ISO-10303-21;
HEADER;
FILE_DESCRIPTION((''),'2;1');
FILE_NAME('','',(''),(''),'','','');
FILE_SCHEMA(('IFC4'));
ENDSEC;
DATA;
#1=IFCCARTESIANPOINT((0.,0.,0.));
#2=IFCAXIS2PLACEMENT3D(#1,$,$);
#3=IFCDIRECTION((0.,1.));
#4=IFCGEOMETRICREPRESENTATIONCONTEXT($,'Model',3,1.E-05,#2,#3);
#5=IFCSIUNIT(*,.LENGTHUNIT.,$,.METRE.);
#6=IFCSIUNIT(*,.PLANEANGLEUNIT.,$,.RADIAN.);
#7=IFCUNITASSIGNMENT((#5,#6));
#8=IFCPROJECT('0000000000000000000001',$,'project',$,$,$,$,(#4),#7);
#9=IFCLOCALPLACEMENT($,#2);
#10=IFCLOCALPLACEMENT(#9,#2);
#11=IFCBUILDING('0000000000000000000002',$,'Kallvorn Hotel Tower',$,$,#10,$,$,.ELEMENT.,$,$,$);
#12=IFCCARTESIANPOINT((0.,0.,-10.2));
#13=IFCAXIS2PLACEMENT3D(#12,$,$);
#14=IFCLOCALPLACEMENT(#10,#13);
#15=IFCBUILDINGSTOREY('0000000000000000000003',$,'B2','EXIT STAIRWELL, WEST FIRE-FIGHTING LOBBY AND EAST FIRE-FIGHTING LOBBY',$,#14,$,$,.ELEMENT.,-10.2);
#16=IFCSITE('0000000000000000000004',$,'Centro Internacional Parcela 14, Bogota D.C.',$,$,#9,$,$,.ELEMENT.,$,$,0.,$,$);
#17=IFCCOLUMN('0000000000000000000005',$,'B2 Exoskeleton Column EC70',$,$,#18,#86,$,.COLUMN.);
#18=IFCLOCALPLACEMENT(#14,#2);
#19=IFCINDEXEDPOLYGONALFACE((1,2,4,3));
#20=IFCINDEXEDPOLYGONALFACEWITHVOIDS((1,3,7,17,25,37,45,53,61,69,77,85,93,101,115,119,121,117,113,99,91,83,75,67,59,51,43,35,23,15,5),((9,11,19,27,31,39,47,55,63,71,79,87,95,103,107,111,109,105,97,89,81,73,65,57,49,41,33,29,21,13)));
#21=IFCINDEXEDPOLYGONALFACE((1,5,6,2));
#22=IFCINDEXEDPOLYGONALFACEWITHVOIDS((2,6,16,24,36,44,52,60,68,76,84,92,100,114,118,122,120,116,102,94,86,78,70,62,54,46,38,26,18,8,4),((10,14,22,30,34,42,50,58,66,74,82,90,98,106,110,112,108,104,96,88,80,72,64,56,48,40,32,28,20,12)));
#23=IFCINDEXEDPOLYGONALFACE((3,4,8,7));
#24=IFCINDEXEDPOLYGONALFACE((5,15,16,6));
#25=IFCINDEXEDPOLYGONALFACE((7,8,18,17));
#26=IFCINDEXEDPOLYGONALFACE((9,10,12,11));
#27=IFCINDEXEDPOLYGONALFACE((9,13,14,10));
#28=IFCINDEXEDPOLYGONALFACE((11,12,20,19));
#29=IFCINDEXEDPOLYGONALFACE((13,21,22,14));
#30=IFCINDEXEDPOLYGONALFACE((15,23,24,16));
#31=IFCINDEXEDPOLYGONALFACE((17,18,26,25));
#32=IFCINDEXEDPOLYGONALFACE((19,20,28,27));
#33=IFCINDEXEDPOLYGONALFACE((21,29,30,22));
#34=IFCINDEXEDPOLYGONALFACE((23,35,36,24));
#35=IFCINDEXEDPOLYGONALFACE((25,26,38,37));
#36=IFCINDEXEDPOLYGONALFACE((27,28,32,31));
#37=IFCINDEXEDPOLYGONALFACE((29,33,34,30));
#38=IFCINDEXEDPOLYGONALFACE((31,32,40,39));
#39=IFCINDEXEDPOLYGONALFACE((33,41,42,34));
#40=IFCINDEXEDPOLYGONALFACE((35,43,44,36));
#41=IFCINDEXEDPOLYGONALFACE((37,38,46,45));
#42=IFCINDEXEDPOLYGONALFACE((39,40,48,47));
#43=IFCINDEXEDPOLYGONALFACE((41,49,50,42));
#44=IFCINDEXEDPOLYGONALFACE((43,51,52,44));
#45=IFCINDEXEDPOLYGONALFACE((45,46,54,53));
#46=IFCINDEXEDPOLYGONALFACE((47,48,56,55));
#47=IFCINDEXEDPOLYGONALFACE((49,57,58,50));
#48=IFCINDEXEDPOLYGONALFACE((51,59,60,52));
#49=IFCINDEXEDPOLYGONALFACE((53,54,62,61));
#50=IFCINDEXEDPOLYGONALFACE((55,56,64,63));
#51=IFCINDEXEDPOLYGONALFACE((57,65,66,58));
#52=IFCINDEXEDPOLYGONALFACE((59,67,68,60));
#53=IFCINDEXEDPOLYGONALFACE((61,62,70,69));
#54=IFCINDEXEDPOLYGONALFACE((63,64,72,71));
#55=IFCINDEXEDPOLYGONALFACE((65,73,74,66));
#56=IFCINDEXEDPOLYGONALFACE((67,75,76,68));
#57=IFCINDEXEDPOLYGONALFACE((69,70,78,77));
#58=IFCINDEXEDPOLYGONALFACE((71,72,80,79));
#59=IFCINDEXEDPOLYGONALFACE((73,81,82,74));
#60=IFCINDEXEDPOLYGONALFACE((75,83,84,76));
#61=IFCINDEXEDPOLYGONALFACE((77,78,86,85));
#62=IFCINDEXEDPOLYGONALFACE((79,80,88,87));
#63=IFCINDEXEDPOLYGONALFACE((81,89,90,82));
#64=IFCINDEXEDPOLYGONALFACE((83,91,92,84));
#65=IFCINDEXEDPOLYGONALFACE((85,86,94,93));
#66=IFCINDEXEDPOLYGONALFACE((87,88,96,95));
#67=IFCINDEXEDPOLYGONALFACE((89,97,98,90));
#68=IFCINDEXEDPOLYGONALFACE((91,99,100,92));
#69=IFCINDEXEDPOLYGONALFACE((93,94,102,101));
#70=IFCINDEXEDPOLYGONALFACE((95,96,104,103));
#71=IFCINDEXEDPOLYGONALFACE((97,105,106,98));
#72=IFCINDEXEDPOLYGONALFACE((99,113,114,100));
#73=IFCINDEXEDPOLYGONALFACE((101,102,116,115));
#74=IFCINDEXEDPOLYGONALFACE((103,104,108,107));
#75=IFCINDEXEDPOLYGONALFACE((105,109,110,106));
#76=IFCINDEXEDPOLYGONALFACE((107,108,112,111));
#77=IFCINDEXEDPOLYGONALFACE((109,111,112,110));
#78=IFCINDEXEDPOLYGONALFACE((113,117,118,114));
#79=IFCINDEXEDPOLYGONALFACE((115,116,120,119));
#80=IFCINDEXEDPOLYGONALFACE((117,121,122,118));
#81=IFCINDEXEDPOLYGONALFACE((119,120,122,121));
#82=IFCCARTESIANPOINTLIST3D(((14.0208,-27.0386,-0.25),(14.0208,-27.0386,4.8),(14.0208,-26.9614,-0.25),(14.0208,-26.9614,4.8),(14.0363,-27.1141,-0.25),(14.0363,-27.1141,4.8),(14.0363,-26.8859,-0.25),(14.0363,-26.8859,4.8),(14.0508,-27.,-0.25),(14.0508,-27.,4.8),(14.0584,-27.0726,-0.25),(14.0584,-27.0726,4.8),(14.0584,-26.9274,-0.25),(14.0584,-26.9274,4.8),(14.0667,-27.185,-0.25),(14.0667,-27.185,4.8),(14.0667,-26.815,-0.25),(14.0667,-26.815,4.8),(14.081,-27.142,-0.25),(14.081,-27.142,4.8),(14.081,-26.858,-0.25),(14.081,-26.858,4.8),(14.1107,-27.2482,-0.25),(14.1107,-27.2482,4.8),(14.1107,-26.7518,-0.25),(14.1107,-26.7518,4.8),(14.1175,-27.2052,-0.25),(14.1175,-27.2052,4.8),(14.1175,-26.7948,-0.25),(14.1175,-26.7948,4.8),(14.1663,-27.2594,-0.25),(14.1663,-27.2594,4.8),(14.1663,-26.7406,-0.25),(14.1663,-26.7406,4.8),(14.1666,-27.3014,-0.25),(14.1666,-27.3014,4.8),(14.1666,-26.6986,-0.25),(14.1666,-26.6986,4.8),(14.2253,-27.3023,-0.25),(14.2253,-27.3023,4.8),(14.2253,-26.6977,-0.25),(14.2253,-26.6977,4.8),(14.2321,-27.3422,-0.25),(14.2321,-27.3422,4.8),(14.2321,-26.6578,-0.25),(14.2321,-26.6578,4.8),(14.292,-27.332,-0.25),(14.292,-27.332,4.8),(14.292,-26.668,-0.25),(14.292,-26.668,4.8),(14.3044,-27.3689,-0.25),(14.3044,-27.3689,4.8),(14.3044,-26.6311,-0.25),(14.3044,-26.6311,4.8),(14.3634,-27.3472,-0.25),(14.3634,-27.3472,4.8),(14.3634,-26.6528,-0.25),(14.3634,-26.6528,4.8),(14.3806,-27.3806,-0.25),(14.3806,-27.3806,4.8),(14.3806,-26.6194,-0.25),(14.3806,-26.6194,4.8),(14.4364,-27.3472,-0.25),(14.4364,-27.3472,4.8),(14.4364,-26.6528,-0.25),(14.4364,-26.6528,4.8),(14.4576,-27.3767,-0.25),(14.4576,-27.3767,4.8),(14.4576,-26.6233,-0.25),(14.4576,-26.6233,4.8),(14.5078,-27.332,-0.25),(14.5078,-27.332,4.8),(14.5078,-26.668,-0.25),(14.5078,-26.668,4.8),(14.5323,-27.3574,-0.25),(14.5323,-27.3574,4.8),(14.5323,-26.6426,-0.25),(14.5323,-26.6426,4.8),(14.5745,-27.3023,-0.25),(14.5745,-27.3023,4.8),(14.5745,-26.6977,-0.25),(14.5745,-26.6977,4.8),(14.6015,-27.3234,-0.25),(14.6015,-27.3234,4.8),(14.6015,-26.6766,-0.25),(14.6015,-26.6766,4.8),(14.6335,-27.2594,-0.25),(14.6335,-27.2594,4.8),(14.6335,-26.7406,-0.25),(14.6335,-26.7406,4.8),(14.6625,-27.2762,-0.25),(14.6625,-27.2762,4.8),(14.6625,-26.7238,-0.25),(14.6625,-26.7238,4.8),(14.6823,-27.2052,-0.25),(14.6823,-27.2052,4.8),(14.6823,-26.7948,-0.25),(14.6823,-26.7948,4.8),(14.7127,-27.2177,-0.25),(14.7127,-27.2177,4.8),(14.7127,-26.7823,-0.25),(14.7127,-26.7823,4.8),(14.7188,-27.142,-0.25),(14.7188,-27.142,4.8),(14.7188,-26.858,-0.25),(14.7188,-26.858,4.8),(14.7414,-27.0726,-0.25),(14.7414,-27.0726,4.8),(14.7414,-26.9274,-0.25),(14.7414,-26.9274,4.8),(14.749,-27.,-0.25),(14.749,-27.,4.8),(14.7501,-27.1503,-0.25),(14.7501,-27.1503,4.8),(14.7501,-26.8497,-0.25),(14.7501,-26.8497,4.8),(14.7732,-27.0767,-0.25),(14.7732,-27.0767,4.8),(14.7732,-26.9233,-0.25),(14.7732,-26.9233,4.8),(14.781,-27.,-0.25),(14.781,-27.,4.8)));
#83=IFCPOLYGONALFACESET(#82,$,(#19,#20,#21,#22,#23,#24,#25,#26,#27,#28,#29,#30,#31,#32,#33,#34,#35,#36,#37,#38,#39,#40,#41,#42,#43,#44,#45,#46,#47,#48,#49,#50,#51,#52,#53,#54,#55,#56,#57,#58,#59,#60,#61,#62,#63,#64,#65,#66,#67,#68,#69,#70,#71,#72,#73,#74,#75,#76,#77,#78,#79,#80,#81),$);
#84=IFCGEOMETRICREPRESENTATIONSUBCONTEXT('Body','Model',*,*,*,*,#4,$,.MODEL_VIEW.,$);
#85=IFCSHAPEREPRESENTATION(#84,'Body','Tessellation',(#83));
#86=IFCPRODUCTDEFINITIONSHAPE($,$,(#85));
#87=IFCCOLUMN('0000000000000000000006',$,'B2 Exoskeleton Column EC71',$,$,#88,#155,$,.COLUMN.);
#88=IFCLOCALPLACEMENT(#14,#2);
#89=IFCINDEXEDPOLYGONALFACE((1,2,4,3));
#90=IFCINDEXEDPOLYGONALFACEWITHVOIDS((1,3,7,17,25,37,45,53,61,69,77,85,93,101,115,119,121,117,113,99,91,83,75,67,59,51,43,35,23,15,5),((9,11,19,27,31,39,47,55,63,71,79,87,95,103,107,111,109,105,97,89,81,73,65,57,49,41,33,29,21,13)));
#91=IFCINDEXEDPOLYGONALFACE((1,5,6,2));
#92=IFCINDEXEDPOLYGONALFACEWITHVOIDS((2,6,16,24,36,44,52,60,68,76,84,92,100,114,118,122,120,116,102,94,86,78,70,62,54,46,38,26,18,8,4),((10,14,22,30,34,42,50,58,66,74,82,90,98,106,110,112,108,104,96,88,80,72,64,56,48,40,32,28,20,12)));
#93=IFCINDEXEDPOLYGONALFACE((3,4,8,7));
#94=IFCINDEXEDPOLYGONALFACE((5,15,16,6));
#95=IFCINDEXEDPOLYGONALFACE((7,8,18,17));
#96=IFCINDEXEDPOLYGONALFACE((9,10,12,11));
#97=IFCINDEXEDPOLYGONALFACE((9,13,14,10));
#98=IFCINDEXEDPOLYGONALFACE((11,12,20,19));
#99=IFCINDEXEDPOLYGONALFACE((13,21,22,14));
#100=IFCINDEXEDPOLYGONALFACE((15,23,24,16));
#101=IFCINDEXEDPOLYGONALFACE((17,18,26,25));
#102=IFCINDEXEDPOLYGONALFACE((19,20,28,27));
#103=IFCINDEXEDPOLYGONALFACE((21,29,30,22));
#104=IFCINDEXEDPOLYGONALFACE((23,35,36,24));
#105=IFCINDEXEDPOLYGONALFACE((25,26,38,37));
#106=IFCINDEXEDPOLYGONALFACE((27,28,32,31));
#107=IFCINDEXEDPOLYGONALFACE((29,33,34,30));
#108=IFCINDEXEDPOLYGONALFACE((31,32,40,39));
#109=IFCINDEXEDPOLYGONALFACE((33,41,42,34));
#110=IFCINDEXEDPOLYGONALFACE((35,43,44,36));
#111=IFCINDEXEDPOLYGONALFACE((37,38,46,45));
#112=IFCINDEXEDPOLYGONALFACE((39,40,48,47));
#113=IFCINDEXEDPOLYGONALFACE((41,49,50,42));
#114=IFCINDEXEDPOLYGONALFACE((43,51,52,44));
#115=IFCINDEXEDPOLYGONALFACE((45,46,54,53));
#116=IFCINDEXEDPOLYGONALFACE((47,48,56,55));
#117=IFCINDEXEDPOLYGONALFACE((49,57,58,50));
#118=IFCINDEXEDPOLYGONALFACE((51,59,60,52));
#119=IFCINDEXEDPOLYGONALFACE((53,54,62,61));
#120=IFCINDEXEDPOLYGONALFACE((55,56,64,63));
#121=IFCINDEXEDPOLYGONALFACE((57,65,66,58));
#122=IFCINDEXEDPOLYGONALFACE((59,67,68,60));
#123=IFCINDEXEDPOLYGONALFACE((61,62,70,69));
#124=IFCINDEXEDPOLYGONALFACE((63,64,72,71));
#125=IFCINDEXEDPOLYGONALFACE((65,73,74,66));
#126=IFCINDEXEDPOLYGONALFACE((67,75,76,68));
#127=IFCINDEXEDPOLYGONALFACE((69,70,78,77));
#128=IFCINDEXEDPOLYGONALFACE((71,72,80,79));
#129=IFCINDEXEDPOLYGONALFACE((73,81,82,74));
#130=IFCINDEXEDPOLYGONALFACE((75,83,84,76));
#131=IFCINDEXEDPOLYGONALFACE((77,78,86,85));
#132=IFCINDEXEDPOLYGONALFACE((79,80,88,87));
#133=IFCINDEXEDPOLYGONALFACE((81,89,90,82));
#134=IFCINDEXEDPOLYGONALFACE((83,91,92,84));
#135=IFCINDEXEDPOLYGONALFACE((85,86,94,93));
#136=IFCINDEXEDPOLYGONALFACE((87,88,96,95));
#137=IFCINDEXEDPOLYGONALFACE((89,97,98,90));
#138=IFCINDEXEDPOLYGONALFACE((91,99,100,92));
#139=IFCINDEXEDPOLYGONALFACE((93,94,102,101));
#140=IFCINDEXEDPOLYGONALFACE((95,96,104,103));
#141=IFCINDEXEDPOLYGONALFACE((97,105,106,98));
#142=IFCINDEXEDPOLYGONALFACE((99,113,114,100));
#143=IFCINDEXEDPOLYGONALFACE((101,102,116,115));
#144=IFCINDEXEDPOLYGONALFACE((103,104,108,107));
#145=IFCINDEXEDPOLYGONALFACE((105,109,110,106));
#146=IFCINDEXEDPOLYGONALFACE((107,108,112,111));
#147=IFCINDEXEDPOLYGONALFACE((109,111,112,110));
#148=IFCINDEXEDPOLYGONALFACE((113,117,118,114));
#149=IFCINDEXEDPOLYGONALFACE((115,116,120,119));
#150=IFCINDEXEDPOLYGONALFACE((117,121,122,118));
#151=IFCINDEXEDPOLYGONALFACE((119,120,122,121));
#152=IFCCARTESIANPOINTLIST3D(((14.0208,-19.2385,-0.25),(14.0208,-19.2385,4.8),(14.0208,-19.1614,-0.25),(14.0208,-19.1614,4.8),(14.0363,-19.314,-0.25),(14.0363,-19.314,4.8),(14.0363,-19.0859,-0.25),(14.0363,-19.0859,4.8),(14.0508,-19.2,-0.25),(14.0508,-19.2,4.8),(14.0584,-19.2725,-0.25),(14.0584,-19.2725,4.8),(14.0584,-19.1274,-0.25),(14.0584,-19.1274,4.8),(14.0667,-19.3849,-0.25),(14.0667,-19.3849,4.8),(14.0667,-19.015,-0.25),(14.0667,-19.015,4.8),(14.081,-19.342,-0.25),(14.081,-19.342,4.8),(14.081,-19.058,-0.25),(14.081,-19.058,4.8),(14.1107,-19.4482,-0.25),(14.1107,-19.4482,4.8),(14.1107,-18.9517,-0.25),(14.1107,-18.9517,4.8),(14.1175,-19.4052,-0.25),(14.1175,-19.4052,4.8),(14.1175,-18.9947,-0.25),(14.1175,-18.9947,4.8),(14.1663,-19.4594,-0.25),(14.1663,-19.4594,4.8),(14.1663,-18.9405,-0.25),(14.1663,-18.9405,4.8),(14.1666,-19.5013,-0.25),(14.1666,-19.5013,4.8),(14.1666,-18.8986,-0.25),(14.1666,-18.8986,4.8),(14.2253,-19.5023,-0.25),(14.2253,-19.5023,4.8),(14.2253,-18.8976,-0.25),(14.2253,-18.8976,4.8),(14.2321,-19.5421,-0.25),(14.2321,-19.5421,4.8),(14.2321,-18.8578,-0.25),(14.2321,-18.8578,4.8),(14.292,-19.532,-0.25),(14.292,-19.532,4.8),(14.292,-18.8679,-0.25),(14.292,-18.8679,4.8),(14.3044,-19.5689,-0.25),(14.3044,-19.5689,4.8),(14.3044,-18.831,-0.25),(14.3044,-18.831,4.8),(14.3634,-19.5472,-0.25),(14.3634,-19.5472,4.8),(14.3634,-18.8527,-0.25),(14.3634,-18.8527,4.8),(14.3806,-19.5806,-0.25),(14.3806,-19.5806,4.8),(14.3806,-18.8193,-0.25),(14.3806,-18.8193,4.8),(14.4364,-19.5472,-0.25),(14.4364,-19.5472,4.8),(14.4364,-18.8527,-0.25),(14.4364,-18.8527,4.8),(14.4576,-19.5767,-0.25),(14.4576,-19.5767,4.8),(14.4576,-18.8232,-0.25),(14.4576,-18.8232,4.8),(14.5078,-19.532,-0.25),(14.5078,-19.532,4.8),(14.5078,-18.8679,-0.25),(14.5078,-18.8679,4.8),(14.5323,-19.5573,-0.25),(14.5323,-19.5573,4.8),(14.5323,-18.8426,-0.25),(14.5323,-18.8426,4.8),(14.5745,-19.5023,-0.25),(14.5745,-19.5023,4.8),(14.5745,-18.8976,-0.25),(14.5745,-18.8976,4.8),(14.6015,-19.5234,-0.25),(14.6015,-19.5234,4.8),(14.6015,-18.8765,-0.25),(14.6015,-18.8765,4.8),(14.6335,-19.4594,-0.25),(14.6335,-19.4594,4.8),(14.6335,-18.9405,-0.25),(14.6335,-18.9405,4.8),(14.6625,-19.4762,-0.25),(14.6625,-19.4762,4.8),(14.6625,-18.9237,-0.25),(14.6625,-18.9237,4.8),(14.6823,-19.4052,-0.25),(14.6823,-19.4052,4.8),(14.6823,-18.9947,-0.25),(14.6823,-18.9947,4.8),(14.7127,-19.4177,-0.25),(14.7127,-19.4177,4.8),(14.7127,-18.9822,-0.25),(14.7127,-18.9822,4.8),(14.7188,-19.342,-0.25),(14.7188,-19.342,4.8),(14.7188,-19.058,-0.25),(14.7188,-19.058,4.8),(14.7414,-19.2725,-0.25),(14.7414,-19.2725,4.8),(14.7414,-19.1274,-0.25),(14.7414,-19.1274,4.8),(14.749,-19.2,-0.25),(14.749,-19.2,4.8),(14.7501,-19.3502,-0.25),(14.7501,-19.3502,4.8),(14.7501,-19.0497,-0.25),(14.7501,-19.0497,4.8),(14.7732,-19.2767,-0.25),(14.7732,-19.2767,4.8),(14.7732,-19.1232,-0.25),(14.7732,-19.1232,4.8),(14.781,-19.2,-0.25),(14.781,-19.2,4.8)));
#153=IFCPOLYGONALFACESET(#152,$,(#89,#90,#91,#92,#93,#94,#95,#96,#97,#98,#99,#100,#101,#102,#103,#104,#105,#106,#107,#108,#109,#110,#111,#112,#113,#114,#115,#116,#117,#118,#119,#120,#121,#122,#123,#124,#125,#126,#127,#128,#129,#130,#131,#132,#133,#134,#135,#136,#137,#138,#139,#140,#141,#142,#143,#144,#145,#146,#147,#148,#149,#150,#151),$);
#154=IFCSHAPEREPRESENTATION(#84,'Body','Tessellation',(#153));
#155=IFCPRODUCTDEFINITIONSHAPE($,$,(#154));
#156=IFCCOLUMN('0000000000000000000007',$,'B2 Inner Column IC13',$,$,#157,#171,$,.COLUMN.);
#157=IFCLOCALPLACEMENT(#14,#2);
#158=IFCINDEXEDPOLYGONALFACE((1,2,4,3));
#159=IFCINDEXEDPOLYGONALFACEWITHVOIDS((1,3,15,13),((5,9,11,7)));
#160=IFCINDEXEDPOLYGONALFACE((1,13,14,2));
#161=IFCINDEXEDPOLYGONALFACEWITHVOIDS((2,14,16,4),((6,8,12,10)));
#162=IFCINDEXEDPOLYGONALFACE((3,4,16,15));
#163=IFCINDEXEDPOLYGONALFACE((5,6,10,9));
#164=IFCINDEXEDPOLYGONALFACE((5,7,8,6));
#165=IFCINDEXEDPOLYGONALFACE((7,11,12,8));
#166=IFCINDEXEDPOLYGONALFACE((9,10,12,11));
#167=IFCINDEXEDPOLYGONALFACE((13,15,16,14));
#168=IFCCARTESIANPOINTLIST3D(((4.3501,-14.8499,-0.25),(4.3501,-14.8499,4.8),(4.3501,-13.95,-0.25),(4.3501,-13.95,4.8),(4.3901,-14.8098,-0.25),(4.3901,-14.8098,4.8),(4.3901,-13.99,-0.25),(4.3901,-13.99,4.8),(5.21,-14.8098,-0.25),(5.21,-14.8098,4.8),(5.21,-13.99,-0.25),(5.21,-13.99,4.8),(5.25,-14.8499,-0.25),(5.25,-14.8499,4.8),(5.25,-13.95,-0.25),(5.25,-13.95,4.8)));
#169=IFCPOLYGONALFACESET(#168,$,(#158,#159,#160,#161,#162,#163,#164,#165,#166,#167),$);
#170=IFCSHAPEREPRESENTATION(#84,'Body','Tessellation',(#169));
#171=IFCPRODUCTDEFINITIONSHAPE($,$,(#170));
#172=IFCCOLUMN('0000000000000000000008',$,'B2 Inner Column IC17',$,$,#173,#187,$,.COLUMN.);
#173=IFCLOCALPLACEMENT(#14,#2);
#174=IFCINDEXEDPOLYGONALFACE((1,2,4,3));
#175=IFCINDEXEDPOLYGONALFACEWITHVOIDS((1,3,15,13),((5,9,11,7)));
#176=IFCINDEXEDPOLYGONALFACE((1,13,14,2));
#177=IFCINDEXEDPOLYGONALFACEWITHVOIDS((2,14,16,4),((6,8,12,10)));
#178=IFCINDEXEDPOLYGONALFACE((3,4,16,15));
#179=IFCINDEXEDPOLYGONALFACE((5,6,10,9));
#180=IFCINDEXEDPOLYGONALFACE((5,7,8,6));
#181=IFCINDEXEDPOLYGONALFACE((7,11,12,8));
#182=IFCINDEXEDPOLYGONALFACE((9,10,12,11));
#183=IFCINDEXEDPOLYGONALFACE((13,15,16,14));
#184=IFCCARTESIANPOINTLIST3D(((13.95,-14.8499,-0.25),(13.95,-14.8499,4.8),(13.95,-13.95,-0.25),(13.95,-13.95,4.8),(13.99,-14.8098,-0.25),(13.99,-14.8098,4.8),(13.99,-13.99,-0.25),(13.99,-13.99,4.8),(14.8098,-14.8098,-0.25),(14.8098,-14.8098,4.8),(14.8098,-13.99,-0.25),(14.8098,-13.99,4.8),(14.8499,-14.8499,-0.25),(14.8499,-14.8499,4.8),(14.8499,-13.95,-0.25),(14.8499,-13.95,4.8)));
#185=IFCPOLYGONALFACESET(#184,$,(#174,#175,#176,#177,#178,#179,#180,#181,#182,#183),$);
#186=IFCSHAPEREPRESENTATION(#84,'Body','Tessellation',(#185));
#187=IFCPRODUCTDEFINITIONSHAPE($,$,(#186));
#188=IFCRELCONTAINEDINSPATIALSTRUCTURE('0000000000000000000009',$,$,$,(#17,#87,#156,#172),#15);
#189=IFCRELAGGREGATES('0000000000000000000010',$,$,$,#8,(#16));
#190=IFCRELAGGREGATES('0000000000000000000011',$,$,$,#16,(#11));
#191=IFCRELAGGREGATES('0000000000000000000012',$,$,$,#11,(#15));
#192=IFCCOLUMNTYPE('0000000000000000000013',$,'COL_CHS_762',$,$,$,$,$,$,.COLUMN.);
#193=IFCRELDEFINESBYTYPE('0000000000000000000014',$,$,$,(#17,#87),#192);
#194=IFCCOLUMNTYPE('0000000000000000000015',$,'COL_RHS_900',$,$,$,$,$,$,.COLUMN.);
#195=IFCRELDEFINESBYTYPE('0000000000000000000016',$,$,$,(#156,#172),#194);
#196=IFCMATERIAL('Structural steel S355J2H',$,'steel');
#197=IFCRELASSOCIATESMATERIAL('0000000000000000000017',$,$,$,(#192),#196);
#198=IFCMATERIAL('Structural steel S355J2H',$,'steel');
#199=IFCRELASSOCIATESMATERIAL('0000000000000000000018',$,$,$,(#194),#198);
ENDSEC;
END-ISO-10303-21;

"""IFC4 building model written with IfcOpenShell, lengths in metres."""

from ifc_helpers import new_model, si_unit, direction, frame, origin, origin_2d, place, context, subcontext, project, spatial, hollow_rectangle, hollow_circle, extrude, material, material_profile, profile_set, type_object, element, save


model = new_model("IFC4")

# Units and contexts
model_context = context("Model", 3, precision=1e-05, world=origin(), true_north=direction((0.0, 1.0)))
body_context = subcontext(model_context, "Body", "Model", "MODEL_VIEW")
ifc_project = project(units=[si_unit("LENGTHUNIT", "METRE"), si_unit("PLANEANGLEUNIT", "RADIAN")], contexts=[model_context])

# Site, building, storey
site_placement = place(None, origin())
site = spatial("IfcSite", under=ifc_project, at=site_placement, Name="Centro Internacional Parcela 14, Bogota D.C.", CompositionType="ELEMENT", RefElevation=0.0)
building_placement = place(site_placement, origin())
building = spatial("IfcBuilding", under=site, at=building_placement, Name="Kallvorn Hotel Tower", CompositionType="ELEMENT")
storey_placement = place(building_placement, frame((0.0, 0.0, -10.2)))
storey = spatial("IfcBuildingStorey", under=building, at=storey_placement, Name="B2", Description="EXIT STAIRWELL, WEST FIRE-FIGHTING LOBBY AND EAST FIRE-FIGHTING LOBBY", CompositionType="ELEMENT", Elevation=-10.2)

# Columns
ifc_material_1 = material(Name="Structural steel S355J2H", Category="steel")
ifc_material_profile_1 = material_profile(ifc_material_1, hollow_circle(Radius=0.3811, WallThickness=0.032, at=origin_2d()), Name="CHS 762x32")
ifc_profile_set_1 = profile_set([ifc_material_profile_1], Name="Structural steel S355J2H")
column_type_1 = type_object("IfcColumnType", Name="COL_CHS_762", PredefinedType="COLUMN", material=ifc_profile_set_1)
for number, where, z_axis, x_axis, name in (
    (1, (14.3999, -27.0, -0.25), (0.0, 0.0, 1.0), (1.0, 0.0, 0.0), "B2 Exoskeleton Column EC70"),
    (2, (14.3999, -19.2, -0.25), (0.0, 0.0, 1.0), (1.0, 0.0, 0.0), "B2 Exoskeleton Column EC71"),
):
    element("IfcColumn", number, at=place(storey_placement, frame(where, z_axis=z_axis, x_axis=x_axis)), inside=storey, type_object=column_type_1, Name=name, PredefinedType="COLUMN", context=body_context, shape_type="SweptSolid", body=[
        extrude(hollow_circle(Radius=0.3811, WallThickness=0.032, at=origin_2d()), origin(), (0.0, 0.0, 1.0), 5.05),
    ])
ifc_material_2 = material(Name="Structural steel S355J2H", Category="steel")
ifc_material_profile_2 = material_profile(ifc_material_2, hollow_rectangle(XDim=0.8999, YDim=0.8999, WallThickness=0.04, at=origin_2d()), Name="RHS 900x900x40")
ifc_profile_set_2 = profile_set([ifc_material_profile_2], Name="Structural steel S355J2H")
column_type_2 = type_object("IfcColumnType", Name="COL_RHS_900", PredefinedType="COLUMN", material=ifc_profile_set_2)
for number, where, z_axis, x_axis, name in (
    (3, (4.8, -14.3999, -0.25), (0.0, 0.0, 1.0), (1.0, 0.0, 0.0), "B2 Inner Column IC13"),
    (4, (14.3999, -14.3999, -0.25), (0.0, 0.0, 1.0), (1.0, 0.0, 0.0), "B2 Inner Column IC17"),
):
    element("IfcColumn", number, at=place(storey_placement, frame(where, z_axis=z_axis, x_axis=x_axis)), inside=storey, type_object=column_type_2, Name=name, PredefinedType="COLUMN", context=body_context, shape_type="SweptSolid", body=[
        extrude(hollow_rectangle(XDim=0.8999, YDim=0.8999, WallThickness=0.04, at=origin_2d()), origin(), (0.0, 0.0, 1.0), 5.05),
    ])

save(model, "model.ifc")
